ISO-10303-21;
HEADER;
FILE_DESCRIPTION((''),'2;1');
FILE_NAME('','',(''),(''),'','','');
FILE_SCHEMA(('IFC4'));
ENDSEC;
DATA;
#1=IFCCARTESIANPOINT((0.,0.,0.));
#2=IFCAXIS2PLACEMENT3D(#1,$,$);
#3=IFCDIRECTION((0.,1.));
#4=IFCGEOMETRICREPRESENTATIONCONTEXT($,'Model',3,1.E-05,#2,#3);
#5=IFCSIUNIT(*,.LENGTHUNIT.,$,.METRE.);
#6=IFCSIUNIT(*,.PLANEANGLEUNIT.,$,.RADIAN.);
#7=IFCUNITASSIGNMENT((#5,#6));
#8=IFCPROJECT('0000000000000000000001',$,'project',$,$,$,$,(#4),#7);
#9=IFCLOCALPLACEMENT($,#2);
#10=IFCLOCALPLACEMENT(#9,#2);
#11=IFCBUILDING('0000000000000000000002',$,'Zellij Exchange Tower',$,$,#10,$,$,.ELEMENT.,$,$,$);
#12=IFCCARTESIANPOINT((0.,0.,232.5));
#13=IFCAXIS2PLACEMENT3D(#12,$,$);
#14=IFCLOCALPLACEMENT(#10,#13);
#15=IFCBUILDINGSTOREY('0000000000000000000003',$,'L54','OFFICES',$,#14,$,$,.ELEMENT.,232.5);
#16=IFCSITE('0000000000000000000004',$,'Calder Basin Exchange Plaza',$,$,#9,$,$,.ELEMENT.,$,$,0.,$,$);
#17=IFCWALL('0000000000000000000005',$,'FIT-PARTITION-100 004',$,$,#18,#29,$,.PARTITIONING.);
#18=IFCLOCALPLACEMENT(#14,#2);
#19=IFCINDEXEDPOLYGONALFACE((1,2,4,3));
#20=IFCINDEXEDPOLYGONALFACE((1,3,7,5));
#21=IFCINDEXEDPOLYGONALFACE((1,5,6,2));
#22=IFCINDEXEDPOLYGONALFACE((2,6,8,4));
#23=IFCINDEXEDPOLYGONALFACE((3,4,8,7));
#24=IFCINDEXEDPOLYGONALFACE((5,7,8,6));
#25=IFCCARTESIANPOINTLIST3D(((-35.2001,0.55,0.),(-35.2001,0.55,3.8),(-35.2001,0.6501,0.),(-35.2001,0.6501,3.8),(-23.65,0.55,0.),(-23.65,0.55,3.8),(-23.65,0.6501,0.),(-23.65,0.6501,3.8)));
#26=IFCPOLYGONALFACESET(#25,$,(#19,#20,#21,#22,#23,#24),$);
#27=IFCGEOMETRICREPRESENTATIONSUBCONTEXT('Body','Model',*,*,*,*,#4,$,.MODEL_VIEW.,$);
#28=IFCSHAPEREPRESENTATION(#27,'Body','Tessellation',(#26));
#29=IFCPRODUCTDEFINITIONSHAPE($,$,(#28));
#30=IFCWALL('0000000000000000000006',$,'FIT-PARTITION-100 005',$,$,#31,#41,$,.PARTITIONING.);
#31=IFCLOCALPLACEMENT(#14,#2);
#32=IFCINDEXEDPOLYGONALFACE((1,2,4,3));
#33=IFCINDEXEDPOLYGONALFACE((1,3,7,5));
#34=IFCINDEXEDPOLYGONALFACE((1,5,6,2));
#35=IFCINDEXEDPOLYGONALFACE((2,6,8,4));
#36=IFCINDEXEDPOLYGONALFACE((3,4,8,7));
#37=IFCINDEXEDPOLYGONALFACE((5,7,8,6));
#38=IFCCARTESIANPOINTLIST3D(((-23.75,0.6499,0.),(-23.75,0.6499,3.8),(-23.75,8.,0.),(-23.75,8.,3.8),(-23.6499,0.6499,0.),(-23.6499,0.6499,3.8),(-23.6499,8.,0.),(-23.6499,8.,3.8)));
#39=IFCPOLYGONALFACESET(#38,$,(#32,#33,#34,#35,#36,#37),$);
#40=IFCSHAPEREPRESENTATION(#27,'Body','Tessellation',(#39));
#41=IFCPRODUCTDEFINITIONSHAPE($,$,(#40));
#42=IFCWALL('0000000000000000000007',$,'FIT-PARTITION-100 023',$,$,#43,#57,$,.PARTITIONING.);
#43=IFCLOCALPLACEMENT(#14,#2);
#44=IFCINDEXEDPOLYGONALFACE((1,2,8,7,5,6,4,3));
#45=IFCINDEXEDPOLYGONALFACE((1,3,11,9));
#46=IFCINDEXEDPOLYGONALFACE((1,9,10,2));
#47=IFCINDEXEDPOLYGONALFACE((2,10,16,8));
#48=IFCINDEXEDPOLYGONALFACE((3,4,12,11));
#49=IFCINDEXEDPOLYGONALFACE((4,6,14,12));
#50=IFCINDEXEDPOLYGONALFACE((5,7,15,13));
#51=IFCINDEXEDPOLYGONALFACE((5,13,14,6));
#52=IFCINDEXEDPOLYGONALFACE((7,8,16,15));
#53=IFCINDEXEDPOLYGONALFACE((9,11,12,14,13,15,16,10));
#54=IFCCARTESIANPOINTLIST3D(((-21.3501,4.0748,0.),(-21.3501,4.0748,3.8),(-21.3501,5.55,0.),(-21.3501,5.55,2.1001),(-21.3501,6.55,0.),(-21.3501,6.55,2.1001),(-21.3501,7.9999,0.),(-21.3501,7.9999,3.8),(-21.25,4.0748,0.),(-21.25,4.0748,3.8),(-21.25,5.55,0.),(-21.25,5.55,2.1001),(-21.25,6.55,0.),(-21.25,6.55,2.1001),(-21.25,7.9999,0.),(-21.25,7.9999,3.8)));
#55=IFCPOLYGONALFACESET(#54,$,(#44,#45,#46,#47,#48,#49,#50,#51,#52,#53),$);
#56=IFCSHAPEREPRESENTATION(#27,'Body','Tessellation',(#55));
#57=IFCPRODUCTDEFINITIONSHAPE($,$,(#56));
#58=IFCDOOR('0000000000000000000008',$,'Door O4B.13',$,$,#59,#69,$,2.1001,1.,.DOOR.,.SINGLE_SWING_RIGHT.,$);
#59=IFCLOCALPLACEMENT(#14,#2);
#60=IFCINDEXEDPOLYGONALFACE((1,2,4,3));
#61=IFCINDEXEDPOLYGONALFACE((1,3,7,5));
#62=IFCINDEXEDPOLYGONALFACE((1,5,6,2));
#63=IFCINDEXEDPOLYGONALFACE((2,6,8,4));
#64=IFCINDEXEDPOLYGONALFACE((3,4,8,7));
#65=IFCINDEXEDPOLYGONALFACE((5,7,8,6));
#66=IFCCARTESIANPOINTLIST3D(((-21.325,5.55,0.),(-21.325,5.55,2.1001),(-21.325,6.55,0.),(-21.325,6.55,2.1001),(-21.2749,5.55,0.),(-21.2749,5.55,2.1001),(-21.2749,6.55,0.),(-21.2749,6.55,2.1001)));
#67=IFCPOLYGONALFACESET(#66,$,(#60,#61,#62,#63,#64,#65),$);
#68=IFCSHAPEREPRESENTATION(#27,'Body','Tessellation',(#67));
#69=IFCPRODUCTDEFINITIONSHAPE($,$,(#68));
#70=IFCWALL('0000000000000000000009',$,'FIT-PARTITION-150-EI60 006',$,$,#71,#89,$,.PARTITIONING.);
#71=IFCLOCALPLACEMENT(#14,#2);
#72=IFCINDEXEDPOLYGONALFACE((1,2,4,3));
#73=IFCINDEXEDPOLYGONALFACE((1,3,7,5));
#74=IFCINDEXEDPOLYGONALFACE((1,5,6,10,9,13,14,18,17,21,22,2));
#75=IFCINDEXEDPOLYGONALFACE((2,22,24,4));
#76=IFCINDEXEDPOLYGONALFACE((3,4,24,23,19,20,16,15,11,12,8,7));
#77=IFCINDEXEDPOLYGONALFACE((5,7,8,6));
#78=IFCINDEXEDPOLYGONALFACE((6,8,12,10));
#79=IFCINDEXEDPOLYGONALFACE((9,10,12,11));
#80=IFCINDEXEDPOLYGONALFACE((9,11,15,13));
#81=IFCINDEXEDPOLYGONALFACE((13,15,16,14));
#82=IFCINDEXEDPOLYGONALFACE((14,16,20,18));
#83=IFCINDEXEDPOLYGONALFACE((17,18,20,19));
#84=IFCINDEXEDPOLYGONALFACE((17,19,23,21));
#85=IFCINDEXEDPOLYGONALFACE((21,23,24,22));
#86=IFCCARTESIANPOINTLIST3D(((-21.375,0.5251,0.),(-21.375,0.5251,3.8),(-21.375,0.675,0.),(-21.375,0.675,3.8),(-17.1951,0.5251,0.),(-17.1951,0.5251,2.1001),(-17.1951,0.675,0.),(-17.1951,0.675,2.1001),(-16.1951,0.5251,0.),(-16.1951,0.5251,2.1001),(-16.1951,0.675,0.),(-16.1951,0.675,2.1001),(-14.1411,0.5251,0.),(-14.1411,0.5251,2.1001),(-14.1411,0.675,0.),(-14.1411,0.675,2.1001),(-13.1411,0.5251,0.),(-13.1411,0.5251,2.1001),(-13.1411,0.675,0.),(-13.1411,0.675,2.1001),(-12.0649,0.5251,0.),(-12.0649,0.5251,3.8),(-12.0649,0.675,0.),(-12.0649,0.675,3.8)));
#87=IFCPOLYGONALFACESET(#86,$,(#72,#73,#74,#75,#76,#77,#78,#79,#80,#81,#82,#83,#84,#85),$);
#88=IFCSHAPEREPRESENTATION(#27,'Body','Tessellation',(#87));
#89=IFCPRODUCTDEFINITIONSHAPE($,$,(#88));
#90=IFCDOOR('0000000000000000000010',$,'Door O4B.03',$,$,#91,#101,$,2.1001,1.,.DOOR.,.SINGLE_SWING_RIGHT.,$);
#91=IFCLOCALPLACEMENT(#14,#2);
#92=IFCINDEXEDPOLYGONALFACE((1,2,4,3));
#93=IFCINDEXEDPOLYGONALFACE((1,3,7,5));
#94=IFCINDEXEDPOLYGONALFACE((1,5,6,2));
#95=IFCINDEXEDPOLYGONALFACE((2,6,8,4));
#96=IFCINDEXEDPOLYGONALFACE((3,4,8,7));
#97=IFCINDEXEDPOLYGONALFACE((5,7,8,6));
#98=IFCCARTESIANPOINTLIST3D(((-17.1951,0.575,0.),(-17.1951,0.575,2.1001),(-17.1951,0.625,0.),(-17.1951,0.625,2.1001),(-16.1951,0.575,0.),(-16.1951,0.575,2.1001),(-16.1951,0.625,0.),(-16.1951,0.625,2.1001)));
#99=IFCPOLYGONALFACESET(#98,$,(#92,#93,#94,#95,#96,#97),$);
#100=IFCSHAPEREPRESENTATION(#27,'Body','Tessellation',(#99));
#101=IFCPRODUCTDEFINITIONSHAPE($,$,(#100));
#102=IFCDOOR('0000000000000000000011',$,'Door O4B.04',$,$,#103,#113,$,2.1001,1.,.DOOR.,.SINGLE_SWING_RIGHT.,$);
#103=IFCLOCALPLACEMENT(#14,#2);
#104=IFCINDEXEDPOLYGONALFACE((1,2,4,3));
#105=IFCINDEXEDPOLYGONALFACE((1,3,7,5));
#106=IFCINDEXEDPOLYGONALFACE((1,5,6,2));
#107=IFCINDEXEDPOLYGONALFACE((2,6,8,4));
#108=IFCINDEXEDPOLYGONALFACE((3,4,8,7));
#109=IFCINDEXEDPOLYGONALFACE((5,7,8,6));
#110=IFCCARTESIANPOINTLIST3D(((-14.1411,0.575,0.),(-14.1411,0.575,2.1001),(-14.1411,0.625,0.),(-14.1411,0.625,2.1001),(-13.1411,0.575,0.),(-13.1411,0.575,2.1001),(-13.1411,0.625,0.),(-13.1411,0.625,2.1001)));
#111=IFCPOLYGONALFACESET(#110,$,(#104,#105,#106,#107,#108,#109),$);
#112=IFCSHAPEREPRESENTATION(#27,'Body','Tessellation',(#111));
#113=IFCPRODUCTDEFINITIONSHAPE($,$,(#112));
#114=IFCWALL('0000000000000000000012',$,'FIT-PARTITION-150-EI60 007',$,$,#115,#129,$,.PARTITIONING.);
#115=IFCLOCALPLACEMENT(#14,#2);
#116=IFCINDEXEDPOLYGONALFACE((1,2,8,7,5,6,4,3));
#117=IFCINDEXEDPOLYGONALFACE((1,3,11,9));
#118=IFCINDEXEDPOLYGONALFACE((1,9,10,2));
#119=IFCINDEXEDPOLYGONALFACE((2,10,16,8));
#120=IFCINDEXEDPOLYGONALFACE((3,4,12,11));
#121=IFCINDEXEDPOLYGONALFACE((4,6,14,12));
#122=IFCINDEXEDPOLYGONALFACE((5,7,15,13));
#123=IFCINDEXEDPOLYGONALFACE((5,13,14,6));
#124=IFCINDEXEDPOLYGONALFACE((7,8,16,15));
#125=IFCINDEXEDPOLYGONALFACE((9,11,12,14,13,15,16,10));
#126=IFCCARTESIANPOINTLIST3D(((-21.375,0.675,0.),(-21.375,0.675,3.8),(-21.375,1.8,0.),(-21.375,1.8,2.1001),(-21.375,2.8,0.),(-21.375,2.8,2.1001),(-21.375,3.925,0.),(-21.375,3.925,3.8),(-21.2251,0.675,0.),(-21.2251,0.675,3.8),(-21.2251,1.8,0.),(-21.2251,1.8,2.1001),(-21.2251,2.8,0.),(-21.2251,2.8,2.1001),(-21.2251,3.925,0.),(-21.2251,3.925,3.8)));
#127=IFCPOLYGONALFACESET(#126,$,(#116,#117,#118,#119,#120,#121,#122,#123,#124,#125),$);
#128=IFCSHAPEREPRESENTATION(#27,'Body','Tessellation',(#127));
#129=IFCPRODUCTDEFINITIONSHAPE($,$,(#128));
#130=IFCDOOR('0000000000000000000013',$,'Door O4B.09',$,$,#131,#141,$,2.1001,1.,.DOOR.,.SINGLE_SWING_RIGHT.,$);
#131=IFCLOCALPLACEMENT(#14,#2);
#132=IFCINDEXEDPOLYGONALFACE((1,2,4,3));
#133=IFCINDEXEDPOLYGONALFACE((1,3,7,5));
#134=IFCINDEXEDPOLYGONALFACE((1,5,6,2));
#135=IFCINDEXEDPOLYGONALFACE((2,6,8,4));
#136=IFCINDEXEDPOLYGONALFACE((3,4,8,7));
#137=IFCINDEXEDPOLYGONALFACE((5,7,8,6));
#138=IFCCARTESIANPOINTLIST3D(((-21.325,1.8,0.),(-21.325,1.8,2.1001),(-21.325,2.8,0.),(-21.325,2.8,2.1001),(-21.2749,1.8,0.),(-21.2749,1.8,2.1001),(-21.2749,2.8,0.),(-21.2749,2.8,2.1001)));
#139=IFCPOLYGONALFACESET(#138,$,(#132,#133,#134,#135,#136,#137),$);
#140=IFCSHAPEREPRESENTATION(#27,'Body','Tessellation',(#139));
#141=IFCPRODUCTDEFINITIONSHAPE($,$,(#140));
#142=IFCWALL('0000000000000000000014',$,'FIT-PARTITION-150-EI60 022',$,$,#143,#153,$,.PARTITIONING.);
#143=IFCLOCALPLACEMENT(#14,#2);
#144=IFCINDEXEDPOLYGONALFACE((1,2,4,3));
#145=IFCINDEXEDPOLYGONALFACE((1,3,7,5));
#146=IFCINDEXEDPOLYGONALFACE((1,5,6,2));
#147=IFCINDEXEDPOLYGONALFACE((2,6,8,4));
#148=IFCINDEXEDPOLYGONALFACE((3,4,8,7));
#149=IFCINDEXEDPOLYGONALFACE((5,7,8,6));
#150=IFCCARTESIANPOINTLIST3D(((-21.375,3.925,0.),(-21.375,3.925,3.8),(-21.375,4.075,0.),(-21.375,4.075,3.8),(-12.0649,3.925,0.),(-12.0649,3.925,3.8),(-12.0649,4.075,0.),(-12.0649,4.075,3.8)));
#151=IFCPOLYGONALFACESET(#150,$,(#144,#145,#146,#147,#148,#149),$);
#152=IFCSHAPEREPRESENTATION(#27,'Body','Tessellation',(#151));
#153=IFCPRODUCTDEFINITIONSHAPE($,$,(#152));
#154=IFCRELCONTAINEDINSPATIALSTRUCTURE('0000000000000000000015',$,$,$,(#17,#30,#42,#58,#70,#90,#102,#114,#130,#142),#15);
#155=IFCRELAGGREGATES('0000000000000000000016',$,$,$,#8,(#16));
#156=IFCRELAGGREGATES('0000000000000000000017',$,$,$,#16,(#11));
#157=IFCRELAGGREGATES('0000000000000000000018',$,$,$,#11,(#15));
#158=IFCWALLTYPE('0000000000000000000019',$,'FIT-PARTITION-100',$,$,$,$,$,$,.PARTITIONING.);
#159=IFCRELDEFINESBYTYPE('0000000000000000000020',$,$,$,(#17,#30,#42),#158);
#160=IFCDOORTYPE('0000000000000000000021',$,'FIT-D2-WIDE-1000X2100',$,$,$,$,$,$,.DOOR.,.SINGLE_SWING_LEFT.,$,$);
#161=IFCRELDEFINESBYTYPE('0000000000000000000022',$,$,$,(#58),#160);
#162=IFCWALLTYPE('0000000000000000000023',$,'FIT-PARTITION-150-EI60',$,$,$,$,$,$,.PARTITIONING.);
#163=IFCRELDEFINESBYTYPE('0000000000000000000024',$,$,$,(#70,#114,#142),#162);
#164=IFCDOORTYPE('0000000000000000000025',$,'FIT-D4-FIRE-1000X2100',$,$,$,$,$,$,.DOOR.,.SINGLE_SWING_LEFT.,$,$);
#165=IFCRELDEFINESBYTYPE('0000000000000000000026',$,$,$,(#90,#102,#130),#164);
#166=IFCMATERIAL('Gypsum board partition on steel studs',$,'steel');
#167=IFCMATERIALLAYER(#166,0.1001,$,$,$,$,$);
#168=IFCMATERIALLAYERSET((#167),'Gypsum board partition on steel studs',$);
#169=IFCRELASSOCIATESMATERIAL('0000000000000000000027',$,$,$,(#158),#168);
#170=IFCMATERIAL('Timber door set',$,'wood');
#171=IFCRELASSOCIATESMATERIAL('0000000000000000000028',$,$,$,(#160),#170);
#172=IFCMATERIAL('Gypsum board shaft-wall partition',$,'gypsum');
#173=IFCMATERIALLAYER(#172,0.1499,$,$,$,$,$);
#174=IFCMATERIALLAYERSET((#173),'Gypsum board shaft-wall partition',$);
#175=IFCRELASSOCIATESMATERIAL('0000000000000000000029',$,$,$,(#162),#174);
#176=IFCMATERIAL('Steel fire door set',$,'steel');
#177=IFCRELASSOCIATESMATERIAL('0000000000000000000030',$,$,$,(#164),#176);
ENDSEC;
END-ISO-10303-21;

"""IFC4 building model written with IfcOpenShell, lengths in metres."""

from ifc_helpers import new_model, si_unit, direction, frame, frame_2d, origin, place, context, subcontext, project, spatial, rectangle, extrude, material, layer, layer_set, type_object, element, fill, save


model = new_model("IFC4")

# Units and contexts
model_context = context("Model", 3, precision=1e-05, world=origin(), true_north=direction((0.0, 1.0)))
body_context = subcontext(model_context, "Body", "Model", "MODEL_VIEW")
ifc_project = project(units=[si_unit("LENGTHUNIT", "METRE"), si_unit("PLANEANGLEUNIT", "RADIAN")], contexts=[model_context])

# Site, building, storey
site_placement = place(None, origin())
site = spatial("IfcSite", under=ifc_project, at=site_placement, Name="Calder Basin Exchange Plaza", CompositionType="ELEMENT", RefElevation=0.0)
building_placement = place(site_placement, origin())
building = spatial("IfcBuilding", under=site, at=building_placement, Name="Zellij Exchange Tower", CompositionType="ELEMENT")
storey_placement = place(building_placement, frame((0.0, 0.0, 232.5)))
storey = spatial("IfcBuildingStorey", under=building, at=storey_placement, Name="L54", Description="OFFICES", CompositionType="ELEMENT", Elevation=232.5)

# Walls
ifc_material_1 = material(Name="Gypsum board partition on steel studs", Category="steel")
ifc_layer_1 = layer(ifc_material_1, 0.1001)
ifc_layer_set_1 = layer_set([ifc_layer_1], Name="Gypsum board partition on steel studs")
wall_type_1 = type_object("IfcWallType", Name="FIT-PARTITION-100", PredefinedType="PARTITIONING", material=ifc_layer_set_1)
wall_1_placement = place(storey_placement, frame((-35.2, 0.6001, 0.0), z_axis=(0.0, 0.0, 1.0), x_axis=(1.0, 0.0, 0.0)))
element("IfcWall", 1, at=wall_1_placement, inside=storey, type_object=wall_type_1, Name="FIT-PARTITION-100 004", PredefinedType="PARTITIONING", context=body_context, shape_type="SweptSolid", body=[
    extrude(rectangle(XDim=11.55, YDim=0.1001, at=frame_2d((5.7749, 0.0))), origin(), (0.0, 0.0, 1.0), 3.8),
])
wall_2_placement = place(storey_placement, frame((-23.7, 0.6499, 0.0), z_axis=(0.0, 0.0, 1.0), x_axis=(0.0, 1.0, 0.0)))
element("IfcWall", 2, at=wall_2_placement, inside=storey, type_object=wall_type_1, Name="FIT-PARTITION-100 005", PredefinedType="PARTITIONING", context=body_context, shape_type="SweptSolid", body=[
    extrude(rectangle(XDim=7.3501, YDim=0.1001, at=frame_2d((3.675, 0.0))), origin(), (0.0, 0.0, 1.0), 3.8),
])

# Wall, opening, door
wall_3_placement = place(storey_placement, frame((-21.3, 4.075, 0.0), z_axis=(0.0, 0.0, 1.0), x_axis=(0.0, 1.0, 0.0)))
wall_3 = element("IfcWall", 3, at=wall_3_placement, inside=storey, type_object=wall_type_1, Name="FIT-PARTITION-100 023", PredefinedType="PARTITIONING", context=body_context, shape_type="SweptSolid", body=[
    extrude(rectangle(XDim=3.925, YDim=0.1001, at=frame_2d((1.9624, 0.0))), origin(), (0.0, 0.0, 1.0), 3.8),
])
opening_1_placement = place(wall_3_placement, frame((1.4751, 0.0, 0.0)))
opening_1 = element("IfcOpeningElement", 4, at=opening_1_placement, cuts=wall_3, PredefinedType="OPENING", context=body_context, shape_type="SweptSolid", body=[
    extrude(rectangle(XDim=1.0, YDim=2.1001, at=frame_2d((0.5, 1.05))), frame((0.0, 0.062, 0.0), z_axis=(0.0, -1.0, 0.0), x_axis=(1.0, 0.0, 0.0)), (0.0, 0.0, 1.0), 0.124),
])
ifc_material_2 = material(Name="Timber door set", Category="wood")
door_type_1 = type_object("IfcDoorType", Name="FIT-D2-WIDE-1000X2100", OperationType="SINGLE_SWING_LEFT", PredefinedType="DOOR", material=ifc_material_2)
door_1_placement = place(opening_1_placement, origin())
door_1 = element("IfcDoor", 5, at=door_1_placement, inside=storey, type_object=door_type_1, Name="Door O4B.13", OperationType="SINGLE_SWING_RIGHT", OverallHeight=2.1001, OverallWidth=1.0, PredefinedType="DOOR", context=body_context, shape_type="SweptSolid", body=[
    extrude(rectangle(XDim=1.0, YDim=2.1001, at=frame_2d((0.5, 1.05))), frame((0.0, 0.0249, 0.0), z_axis=(0.0, -1.0, 0.0), x_axis=(1.0, 0.0, 0.0)), (0.0, 0.0, 1.0), 0.05),
])
fill(opening_1, door_1)

# Wall, openings, doors
ifc_material_3 = material(Name="Gypsum board shaft-wall partition", Category="gypsum")
ifc_layer_2 = layer(ifc_material_3, 0.1499)
ifc_layer_set_2 = layer_set([ifc_layer_2], Name="Gypsum board shaft-wall partition")
wall_type_2 = type_object("IfcWallType", Name="FIT-PARTITION-150-EI60", PredefinedType="PARTITIONING", material=ifc_layer_set_2)
wall_4_placement = place(storey_placement, frame((-21.375, 0.6001, 0.0), z_axis=(0.0, 0.0, 1.0), x_axis=(1.0, 0.0, 0.0)))
wall_4 = element("IfcWall", 6, at=wall_4_placement, inside=storey, type_object=wall_type_2, Name="FIT-PARTITION-150-EI60 006", PredefinedType="PARTITIONING", context=body_context, shape_type="SweptSolid", body=[
    extrude(rectangle(XDim=9.3101, YDim=0.1499, at=frame_2d((4.655, 0.0))), origin(), (0.0, 0.0, 1.0), 3.8),
])
opening_2_placement = place(wall_4_placement, frame((4.1799, 0.0, 0.0)))
opening_2 = element("IfcOpeningElement", 7, at=opening_2_placement, cuts=wall_4, PredefinedType="OPENING", context=body_context, shape_type="SweptSolid", body=[
    extrude(rectangle(XDim=1.0, YDim=2.1001, at=frame_2d((0.5, 1.05))), frame((0.0, 0.0869, 0.0), z_axis=(0.0, -1.0, 0.0), x_axis=(1.0, 0.0, 0.0)), (0.0, 0.0, 1.0), 0.1738),
])
opening_3_placement = place(wall_4_placement, frame((7.2339, 0.0, 0.0)))
opening_3 = element("IfcOpeningElement", 8, at=opening_3_placement, cuts=wall_4, PredefinedType="OPENING", context=body_context, shape_type="SweptSolid", body=[
    extrude(rectangle(XDim=1.0, YDim=2.1001, at=frame_2d((0.5, 1.05))), frame((0.0, 0.0869, 0.0), z_axis=(0.0, -1.0, 0.0), x_axis=(1.0, 0.0, 0.0)), (0.0, 0.0, 1.0), 0.1738),
])
ifc_material_4 = material(Name="Steel fire door set", Category="steel")
door_type_2 = type_object("IfcDoorType", Name="FIT-D4-FIRE-1000X2100", OperationType="SINGLE_SWING_LEFT", PredefinedType="DOOR", material=ifc_material_4)
door_2_placement = place(opening_2_placement, origin())
door_2 = element("IfcDoor", 9, at=door_2_placement, inside=storey, type_object=door_type_2, Name="Door O4B.03", OperationType="SINGLE_SWING_RIGHT", OverallHeight=2.1001, OverallWidth=1.0, PredefinedType="DOOR", context=body_context, shape_type="SweptSolid", body=[
    extrude(rectangle(XDim=1.0, YDim=2.1001, at=frame_2d((0.5, 1.05))), frame((0.0, 0.0249, 0.0), z_axis=(0.0, -1.0, 0.0), x_axis=(1.0, 0.0, 0.0)), (0.0, 0.0, 1.0), 0.05),
])
fill(opening_2, door_2)
door_3_placement = place(opening_3_placement, origin())
door_3 = element("IfcDoor", 10, at=door_3_placement, inside=storey, type_object=door_type_2, Name="Door O4B.04", OperationType="SINGLE_SWING_RIGHT", OverallHeight=2.1001, OverallWidth=1.0, PredefinedType="DOOR", context=body_context, shape_type="SweptSolid", body=[
    extrude(rectangle(XDim=1.0, YDim=2.1001, at=frame_2d((0.5, 1.05))), frame((0.0, 0.0249, 0.0), z_axis=(0.0, -1.0, 0.0), x_axis=(1.0, 0.0, 0.0)), (0.0, 0.0, 1.0), 0.05),
])
fill(opening_3, door_3)

# Wall, opening, door
wall_5_placement = place(storey_placement, frame((-21.3, 0.675, 0.0), z_axis=(0.0, 0.0, 1.0), x_axis=(0.0, 1.0, 0.0)))
wall_5 = element("IfcWall", 11, at=wall_5_placement, inside=storey, type_object=wall_type_2, Name="FIT-PARTITION-150-EI60 007", PredefinedType="PARTITIONING", context=body_context, shape_type="SweptSolid", body=[
    extrude(rectangle(XDim=3.25, YDim=0.1499, at=frame_2d((1.625, 0.0))), origin(), (0.0, 0.0, 1.0), 3.8),
])
opening_4_placement = place(wall_5_placement, frame((1.125, 0.0, 0.0)))
opening_4 = element("IfcOpeningElement", 12, at=opening_4_placement, cuts=wall_5, PredefinedType="OPENING", context=body_context, shape_type="SweptSolid", body=[
    extrude(rectangle(XDim=1.0, YDim=2.1001, at=frame_2d((0.5, 1.05))), frame((0.0, 0.0869, 0.0), z_axis=(0.0, -1.0, 0.0), x_axis=(1.0, 0.0, 0.0)), (0.0, 0.0, 1.0), 0.1738),
])
door_4_placement = place(opening_4_placement, origin())
door_4 = element("IfcDoor", 13, at=door_4_placement, inside=storey, type_object=door_type_2, Name="Door O4B.09", OperationType="SINGLE_SWING_RIGHT", OverallHeight=2.1001, OverallWidth=1.0, PredefinedType="DOOR", context=body_context, shape_type="SweptSolid", body=[
    extrude(rectangle(XDim=1.0, YDim=2.1001, at=frame_2d((0.5, 1.05))), frame((0.0, 0.0249, 0.0), z_axis=(0.0, -1.0, 0.0), x_axis=(1.0, 0.0, 0.0)), (0.0, 0.0, 1.0), 0.05),
])
fill(opening_4, door_4)

# Wall
wall_6_placement = place(storey_placement, frame((-21.375, 4.0, 0.0), z_axis=(0.0, 0.0, 1.0), x_axis=(1.0, 0.0, 0.0)))
element("IfcWall", 14, at=wall_6_placement, inside=storey, type_object=wall_type_2, Name="FIT-PARTITION-150-EI60 022", PredefinedType="PARTITIONING", context=body_context, shape_type="SweptSolid", body=[
    extrude(rectangle(XDim=9.3101, YDim=0.1499, at=frame_2d((4.655, 0.0))), origin(), (0.0, 0.0, 1.0), 3.8),
])

save(model, "model.ifc")
